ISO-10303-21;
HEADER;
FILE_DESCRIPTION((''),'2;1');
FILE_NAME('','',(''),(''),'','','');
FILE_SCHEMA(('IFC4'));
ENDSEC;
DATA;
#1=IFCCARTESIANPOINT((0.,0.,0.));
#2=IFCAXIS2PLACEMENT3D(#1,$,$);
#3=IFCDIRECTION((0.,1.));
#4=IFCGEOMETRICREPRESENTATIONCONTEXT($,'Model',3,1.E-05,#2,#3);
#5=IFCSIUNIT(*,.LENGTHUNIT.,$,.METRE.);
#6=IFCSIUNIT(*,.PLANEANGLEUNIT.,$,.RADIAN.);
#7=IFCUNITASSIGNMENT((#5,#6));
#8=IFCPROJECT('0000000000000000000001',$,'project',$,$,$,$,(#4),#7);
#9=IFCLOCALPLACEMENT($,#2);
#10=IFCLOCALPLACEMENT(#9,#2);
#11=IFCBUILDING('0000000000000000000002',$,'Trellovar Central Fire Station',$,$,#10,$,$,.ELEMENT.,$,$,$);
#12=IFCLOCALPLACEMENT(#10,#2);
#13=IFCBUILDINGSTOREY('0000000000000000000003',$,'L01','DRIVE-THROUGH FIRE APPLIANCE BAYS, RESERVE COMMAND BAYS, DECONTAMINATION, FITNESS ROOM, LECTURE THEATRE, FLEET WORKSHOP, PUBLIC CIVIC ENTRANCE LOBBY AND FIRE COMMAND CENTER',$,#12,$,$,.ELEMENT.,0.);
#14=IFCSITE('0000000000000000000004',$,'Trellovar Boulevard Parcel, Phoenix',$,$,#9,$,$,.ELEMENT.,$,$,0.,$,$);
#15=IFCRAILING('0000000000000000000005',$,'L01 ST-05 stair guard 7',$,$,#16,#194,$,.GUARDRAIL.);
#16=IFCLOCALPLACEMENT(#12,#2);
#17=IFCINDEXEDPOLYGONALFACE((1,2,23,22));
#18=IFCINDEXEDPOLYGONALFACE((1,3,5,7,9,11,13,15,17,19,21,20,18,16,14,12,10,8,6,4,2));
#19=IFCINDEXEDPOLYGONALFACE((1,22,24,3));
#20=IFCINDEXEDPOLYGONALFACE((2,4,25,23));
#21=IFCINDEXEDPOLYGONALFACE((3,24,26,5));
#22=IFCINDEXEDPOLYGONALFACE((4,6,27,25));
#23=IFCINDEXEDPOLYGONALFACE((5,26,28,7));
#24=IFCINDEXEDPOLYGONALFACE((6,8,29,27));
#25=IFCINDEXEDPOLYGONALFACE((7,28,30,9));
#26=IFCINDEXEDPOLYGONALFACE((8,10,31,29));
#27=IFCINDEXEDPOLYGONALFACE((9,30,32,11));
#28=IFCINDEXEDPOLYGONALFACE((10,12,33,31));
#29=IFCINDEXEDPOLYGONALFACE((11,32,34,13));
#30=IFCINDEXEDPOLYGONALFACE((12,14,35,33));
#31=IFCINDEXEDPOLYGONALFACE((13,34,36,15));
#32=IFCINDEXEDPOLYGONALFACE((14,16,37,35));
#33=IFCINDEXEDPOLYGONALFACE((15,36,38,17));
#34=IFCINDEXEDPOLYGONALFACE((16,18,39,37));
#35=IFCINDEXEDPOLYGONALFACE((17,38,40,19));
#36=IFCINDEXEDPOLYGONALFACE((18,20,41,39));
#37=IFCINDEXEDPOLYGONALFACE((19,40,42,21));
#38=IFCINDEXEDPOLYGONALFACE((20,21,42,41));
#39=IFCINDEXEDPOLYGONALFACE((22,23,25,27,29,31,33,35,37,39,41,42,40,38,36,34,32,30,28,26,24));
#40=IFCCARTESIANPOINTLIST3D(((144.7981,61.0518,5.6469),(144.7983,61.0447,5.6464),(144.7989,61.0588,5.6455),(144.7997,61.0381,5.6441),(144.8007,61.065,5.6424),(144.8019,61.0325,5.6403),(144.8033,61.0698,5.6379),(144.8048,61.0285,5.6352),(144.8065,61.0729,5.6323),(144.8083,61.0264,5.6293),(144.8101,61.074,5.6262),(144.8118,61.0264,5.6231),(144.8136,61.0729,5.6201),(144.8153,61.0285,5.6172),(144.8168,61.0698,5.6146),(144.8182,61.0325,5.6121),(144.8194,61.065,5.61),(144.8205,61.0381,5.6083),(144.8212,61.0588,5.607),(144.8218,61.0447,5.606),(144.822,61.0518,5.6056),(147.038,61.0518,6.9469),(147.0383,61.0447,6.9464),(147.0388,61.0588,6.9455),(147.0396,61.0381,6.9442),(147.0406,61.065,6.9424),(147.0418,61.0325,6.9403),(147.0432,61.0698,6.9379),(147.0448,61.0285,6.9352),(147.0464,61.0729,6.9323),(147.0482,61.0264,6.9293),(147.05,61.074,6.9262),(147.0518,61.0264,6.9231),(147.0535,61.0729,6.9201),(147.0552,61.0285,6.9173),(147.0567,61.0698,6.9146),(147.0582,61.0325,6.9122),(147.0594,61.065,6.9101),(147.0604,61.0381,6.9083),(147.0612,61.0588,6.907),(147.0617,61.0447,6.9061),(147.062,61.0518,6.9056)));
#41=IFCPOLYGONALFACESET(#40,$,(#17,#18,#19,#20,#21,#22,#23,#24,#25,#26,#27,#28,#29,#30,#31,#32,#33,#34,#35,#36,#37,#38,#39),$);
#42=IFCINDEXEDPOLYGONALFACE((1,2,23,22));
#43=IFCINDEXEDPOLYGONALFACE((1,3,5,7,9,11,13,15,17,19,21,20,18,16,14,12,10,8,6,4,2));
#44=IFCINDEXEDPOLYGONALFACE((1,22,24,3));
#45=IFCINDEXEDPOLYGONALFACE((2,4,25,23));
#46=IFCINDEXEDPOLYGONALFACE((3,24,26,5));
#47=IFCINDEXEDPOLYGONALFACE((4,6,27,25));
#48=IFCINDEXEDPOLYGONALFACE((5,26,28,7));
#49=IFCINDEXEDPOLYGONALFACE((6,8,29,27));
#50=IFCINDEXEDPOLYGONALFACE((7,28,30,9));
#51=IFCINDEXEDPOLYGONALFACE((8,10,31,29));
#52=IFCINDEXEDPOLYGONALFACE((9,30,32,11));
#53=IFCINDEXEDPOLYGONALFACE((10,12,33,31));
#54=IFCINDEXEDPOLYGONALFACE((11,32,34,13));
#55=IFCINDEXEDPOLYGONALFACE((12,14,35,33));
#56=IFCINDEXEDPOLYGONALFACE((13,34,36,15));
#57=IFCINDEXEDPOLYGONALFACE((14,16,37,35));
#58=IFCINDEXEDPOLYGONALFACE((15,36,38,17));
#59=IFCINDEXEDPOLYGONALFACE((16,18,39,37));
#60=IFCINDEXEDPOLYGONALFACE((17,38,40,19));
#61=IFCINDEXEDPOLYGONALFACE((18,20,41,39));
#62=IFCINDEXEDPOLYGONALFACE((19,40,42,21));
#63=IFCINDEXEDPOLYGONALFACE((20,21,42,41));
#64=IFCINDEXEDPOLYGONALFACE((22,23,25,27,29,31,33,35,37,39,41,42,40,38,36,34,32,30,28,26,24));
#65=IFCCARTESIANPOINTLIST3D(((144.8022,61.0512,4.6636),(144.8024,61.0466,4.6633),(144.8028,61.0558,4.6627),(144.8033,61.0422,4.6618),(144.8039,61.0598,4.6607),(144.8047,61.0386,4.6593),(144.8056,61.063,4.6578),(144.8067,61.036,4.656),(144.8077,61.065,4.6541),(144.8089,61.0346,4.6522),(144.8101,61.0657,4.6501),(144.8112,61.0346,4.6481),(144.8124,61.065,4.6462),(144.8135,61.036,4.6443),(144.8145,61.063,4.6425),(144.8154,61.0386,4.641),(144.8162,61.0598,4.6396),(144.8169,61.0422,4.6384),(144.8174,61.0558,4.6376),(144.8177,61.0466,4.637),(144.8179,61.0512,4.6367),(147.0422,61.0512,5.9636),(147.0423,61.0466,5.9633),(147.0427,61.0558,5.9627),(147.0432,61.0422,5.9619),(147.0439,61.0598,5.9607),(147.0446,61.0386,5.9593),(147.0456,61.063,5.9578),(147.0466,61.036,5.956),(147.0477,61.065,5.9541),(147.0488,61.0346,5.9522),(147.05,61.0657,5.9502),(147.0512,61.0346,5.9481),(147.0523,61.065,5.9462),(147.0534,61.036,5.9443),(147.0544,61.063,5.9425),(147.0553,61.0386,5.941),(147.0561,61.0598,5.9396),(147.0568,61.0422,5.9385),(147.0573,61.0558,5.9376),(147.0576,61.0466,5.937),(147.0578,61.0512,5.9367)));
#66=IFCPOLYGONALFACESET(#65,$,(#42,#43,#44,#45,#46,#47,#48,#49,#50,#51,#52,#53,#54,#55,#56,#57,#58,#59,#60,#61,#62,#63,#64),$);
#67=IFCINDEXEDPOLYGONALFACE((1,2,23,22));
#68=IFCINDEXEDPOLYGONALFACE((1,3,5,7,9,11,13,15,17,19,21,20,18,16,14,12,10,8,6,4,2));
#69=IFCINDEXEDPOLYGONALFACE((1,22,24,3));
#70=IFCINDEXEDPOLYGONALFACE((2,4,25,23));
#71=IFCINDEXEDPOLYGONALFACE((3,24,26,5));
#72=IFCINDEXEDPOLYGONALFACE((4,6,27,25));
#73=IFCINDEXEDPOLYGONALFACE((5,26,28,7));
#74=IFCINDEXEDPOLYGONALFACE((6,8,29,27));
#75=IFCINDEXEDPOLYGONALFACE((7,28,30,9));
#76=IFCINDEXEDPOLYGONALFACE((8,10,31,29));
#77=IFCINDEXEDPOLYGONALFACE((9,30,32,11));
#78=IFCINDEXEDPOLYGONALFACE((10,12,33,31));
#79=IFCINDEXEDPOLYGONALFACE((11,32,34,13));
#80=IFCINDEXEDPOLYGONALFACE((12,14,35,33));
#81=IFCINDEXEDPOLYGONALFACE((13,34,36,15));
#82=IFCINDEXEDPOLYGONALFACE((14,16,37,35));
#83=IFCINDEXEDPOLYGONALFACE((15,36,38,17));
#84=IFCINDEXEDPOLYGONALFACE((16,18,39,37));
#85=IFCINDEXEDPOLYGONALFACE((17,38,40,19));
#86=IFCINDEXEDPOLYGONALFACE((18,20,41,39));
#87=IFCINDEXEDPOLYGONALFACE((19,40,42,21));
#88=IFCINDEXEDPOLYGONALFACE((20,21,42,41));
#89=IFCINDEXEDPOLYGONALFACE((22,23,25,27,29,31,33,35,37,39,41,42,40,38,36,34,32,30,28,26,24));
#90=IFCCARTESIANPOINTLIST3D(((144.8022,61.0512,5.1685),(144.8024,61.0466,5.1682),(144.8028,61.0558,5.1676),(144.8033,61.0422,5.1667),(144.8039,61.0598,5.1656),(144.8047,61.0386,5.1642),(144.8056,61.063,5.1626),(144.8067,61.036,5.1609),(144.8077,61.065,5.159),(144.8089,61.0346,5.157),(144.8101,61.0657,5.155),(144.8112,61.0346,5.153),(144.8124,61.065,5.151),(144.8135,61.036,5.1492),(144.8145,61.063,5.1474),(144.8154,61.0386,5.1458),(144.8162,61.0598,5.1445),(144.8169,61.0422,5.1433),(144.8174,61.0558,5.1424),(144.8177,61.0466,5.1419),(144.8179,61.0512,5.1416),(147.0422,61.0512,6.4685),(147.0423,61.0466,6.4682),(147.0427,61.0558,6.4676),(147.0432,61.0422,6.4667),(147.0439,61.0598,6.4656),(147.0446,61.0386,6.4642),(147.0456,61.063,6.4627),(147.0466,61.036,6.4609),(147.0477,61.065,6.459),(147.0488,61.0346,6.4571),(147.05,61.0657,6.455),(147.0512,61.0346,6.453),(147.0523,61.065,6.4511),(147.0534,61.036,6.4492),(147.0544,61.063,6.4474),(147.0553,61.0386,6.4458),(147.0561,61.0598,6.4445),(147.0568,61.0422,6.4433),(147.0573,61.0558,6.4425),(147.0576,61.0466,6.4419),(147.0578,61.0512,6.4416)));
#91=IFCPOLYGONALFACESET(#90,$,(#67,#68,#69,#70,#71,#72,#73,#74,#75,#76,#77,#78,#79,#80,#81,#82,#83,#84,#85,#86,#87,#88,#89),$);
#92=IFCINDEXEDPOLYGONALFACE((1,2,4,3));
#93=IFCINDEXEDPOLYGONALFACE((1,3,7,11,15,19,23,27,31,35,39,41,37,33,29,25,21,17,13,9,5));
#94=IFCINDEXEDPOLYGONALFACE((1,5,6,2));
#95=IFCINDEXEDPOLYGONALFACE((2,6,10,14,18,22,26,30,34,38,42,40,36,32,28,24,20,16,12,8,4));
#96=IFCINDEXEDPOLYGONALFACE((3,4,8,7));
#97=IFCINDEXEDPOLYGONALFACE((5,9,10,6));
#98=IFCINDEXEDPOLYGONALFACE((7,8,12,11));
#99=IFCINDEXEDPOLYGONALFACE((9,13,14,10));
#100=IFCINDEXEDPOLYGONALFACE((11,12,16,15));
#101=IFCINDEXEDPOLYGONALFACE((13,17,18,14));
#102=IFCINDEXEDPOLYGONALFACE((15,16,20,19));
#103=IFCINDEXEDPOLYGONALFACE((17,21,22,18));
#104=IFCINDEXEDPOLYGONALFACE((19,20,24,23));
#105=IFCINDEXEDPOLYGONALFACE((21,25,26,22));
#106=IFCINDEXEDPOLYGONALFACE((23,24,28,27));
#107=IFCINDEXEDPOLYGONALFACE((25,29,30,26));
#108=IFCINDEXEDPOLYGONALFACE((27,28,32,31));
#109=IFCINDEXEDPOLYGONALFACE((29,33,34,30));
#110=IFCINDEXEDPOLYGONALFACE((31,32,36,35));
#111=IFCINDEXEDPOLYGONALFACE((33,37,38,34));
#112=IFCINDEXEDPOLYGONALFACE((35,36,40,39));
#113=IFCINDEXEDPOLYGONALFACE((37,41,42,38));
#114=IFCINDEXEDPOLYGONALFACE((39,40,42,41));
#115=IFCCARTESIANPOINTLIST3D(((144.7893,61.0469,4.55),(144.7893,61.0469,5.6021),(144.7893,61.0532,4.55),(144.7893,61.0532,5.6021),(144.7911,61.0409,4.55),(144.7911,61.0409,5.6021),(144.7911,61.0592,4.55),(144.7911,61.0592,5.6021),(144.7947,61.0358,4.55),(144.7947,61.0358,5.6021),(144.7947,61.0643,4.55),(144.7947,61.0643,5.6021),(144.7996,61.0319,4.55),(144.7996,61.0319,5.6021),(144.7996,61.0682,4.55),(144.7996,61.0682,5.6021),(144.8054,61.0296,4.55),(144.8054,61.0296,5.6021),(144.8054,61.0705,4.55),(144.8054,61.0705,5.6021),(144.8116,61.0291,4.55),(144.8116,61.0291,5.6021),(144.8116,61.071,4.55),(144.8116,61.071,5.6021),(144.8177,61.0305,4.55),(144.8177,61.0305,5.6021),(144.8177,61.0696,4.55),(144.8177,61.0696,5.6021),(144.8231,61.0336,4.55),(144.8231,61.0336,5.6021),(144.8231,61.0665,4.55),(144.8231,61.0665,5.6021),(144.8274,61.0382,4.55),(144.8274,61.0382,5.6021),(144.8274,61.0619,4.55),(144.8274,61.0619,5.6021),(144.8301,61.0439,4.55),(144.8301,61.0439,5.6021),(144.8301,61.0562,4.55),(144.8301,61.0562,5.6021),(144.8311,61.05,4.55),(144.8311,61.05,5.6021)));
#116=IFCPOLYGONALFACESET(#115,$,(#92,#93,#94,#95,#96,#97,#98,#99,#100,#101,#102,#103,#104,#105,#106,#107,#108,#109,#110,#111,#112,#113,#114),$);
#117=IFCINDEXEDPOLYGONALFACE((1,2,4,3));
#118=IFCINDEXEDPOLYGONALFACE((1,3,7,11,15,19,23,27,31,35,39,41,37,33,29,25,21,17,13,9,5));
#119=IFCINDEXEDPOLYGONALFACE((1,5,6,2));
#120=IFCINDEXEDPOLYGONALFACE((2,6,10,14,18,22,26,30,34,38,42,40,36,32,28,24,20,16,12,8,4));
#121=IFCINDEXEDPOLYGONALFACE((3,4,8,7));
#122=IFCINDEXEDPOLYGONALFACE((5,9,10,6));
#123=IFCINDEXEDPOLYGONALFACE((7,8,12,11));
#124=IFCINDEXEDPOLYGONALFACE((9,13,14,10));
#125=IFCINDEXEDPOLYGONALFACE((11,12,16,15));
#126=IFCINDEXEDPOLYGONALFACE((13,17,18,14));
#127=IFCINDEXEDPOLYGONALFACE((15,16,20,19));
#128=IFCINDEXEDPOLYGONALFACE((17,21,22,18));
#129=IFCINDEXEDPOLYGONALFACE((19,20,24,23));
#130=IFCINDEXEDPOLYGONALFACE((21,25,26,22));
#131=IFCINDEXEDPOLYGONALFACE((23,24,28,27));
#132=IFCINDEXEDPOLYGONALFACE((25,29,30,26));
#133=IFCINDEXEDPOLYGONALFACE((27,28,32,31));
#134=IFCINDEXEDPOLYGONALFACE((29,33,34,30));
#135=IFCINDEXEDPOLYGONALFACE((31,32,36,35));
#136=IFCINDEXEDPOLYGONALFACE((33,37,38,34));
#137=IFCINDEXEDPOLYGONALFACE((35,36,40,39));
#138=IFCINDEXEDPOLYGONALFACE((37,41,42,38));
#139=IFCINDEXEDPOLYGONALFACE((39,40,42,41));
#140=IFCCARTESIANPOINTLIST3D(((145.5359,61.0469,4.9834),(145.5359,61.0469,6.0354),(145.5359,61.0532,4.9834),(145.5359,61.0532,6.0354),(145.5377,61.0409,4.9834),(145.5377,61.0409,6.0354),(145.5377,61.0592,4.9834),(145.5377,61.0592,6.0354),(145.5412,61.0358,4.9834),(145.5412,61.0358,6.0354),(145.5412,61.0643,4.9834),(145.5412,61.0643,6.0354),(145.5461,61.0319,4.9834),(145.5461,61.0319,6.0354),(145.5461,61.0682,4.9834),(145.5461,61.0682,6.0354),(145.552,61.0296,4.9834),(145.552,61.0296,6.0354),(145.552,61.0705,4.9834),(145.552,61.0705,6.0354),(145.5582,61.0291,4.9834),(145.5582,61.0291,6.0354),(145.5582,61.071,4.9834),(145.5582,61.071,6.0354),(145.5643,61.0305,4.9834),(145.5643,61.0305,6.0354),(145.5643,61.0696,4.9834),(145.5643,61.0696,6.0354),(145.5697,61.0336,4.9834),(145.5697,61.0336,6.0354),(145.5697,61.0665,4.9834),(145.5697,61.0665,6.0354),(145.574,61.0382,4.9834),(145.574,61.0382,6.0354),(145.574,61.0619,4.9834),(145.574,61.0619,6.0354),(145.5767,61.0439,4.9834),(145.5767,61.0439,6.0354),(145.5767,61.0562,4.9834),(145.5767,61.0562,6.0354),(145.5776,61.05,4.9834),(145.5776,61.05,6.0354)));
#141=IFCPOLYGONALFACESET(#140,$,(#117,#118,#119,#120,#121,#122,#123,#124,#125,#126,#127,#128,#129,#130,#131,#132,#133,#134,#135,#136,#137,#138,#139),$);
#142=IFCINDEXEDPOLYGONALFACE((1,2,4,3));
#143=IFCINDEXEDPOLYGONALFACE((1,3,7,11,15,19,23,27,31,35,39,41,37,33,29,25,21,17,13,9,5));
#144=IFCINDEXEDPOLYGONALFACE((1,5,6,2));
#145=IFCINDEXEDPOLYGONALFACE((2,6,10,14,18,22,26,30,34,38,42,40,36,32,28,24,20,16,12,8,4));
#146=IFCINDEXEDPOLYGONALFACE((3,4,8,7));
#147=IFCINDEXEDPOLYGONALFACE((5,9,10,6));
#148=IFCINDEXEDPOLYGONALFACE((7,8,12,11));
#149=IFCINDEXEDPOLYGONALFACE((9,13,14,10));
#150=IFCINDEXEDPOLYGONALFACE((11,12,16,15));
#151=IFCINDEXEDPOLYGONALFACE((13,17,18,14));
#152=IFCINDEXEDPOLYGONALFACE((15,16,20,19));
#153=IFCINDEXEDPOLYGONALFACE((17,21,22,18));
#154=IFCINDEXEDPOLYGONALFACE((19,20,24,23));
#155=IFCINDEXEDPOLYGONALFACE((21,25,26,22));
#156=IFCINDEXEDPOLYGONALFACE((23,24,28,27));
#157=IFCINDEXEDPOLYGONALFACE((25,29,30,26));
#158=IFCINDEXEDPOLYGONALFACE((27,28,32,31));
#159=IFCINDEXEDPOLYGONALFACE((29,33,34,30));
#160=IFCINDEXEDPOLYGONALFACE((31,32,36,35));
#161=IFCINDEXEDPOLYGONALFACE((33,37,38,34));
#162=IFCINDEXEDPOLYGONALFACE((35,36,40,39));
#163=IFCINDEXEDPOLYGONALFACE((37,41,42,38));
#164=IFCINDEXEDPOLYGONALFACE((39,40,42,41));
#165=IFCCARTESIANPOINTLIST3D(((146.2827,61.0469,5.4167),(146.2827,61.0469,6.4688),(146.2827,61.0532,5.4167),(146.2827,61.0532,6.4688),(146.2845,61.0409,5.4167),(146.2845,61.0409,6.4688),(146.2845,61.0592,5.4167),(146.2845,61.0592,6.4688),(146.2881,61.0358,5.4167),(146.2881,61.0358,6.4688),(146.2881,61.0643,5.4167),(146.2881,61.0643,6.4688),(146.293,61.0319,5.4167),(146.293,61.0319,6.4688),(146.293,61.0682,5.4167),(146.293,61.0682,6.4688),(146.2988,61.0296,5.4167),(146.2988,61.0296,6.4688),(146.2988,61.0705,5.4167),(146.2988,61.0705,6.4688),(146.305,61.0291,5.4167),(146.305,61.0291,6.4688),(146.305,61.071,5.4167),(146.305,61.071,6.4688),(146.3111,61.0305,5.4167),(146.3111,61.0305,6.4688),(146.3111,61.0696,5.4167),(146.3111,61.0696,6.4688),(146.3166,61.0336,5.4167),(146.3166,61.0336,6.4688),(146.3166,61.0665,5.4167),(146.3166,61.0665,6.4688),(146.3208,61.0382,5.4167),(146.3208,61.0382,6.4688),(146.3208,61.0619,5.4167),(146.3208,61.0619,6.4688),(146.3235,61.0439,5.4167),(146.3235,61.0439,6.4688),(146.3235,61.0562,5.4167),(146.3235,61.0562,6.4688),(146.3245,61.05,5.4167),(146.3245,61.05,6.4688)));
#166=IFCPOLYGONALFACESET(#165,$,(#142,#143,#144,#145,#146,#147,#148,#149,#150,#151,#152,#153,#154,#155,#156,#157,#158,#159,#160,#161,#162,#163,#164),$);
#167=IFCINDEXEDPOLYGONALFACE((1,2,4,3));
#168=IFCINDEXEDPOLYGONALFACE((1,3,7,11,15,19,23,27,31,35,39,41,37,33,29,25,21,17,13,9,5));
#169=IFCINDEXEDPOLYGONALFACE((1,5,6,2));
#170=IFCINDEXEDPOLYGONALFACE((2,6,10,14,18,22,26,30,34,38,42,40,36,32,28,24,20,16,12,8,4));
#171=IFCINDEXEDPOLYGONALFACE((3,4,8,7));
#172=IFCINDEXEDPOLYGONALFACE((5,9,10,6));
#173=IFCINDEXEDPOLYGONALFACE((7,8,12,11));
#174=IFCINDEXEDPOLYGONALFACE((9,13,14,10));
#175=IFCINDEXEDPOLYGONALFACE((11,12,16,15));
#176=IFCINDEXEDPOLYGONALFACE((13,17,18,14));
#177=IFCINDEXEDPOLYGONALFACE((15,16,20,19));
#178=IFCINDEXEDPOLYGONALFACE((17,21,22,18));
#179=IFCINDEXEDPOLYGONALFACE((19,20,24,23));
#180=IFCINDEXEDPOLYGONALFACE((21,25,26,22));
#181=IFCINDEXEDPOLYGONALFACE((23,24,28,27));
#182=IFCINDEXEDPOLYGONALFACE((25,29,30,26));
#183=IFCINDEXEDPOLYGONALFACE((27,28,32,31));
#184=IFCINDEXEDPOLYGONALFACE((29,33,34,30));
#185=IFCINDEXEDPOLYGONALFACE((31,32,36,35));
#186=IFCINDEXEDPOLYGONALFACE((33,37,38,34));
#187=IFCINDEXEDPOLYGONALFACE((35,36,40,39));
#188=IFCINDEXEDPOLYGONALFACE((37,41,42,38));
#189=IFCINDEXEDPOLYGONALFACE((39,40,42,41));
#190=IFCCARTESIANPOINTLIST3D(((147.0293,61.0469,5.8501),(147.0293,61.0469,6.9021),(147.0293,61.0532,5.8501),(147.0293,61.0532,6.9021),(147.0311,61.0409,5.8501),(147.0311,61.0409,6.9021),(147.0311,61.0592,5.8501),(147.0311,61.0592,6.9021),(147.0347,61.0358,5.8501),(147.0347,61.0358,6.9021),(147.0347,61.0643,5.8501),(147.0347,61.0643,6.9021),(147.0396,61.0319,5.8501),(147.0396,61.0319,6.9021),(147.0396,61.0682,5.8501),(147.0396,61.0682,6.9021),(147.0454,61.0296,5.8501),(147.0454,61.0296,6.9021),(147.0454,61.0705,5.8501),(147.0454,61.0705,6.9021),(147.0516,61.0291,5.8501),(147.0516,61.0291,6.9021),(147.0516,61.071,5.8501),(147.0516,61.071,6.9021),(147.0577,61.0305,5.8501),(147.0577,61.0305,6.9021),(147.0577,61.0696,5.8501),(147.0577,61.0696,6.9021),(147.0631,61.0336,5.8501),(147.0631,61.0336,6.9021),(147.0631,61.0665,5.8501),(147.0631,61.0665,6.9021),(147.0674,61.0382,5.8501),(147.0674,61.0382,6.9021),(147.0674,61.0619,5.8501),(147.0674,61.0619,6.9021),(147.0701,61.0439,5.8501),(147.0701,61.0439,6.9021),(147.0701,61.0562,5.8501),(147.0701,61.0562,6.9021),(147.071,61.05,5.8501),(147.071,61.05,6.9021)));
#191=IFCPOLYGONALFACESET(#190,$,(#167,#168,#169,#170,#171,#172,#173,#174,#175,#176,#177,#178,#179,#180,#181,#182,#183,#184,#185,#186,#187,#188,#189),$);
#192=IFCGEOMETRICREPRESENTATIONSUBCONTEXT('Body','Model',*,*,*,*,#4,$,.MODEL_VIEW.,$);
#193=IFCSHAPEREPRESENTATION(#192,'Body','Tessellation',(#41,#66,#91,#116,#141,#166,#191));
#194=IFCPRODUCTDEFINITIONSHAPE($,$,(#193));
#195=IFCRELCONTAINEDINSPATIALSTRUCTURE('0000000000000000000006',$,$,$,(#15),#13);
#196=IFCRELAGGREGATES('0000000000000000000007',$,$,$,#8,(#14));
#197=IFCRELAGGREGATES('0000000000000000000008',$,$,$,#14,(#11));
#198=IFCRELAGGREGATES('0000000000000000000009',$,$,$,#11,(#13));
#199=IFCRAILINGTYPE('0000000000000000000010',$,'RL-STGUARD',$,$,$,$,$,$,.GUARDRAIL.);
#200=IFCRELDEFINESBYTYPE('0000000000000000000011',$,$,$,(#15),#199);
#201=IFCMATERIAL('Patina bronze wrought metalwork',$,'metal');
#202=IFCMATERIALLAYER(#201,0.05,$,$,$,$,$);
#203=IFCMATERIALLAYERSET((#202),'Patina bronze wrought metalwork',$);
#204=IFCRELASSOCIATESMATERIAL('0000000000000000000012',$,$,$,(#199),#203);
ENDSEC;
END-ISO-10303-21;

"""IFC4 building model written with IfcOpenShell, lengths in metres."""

from ifc_helpers import new_model, si_unit, direction, frame, origin, origin_2d, place, context, subcontext, project, spatial, circle, extrude, material, layer, layer_set, type_object, element, save


model = new_model("IFC4")

# Units and contexts
model_context = context("Model", 3, precision=1e-05, world=origin(), true_north=direction((0.0, 1.0)))
body_context = subcontext(model_context, "Body", "Model", "MODEL_VIEW")
ifc_project = project(units=[si_unit("LENGTHUNIT", "METRE"), si_unit("PLANEANGLEUNIT", "RADIAN")], contexts=[model_context])

# Site, building, storey
site_placement = place(None, origin())
site = spatial("IfcSite", under=ifc_project, at=site_placement, Name="Trellovar Boulevard Parcel, Phoenix", CompositionType="ELEMENT", RefElevation=0.0)
building_placement = place(site_placement, origin())
building = spatial("IfcBuilding", under=site, at=building_placement, Name="Trellovar Central Fire Station", CompositionType="ELEMENT")
storey_placement = place(building_placement, origin())
storey = spatial("IfcBuildingStorey", under=building, at=storey_placement, Name="L01", Description="DRIVE-THROUGH FIRE APPLIANCE BAYS, RESERVE COMMAND BAYS, DECONTAMINATION, FITNESS ROOM, LECTURE THEATRE, FLEET WORKSHOP, PUBLIC CIVIC ENTRANCE LOBBY AND FIRE COMMAND CENTER", CompositionType="ELEMENT", Elevation=0.0)

# Railing
ifc_material_1 = material(Name="Patina bronze wrought metalwork", Category="metal")
ifc_layer_1 = layer(ifc_material_1, 0.05)
ifc_layer_set_1 = layer_set([ifc_layer_1], Name="Patina bronze wrought metalwork")
railing_type_1 = type_object("IfcRailingType", Name="RL-STGUARD", PredefinedType="GUARDRAIL", material=ifc_layer_set_1)
railing_1_placement = place(storey_placement, frame((144.8101, 61.05, 4.55)))
element("IfcRailing", 1, at=railing_1_placement, inside=storey, type_object=railing_type_1, Name="L01 ST-05 stair guard 7", PredefinedType="GUARDRAIL", context=body_context, shape_type="SweptSolid", body=[
    extrude(circle(Radius=0.0239, at=origin_2d()), frame((0.0, 0.0, 1.0762), z_axis=(0.864888, 0.0, 0.501965), x_axis=(0.0, 1.0, 0.0)), (0.0, 0.0, 1.0), 2.5898),
    extrude(circle(Radius=0.0156, at=origin_2d()), frame((0.0, 0.0, 0.1001), z_axis=(0.864888, 0.0, 0.501965), x_axis=(0.0, 1.0, 0.0)), (0.0, 0.0, 1.0), 2.5898),
    extrude(circle(Radius=0.0156, at=origin_2d()), frame((0.0, 0.0, 0.605), z_axis=(0.864888, 0.0, 0.501965), x_axis=(0.0, 1.0, 0.0)), (0.0, 0.0, 1.0), 2.5898),
    extrude(circle(Radius=0.021, at=origin_2d()), origin(), (0.0, 0.0, 1.0), 1.052),
    extrude(circle(Radius=0.021, at=origin_2d()), frame((0.7466, 0.0, 0.4333)), (0.0, 0.0, 1.0), 1.052),
    extrude(circle(Radius=0.021, at=origin_2d()), frame((1.4934, 0.0, 0.8667)), (0.0, 0.0, 1.0), 1.052),
    extrude(circle(Radius=0.021, at=origin_2d()), frame((2.24, 0.0, 1.3)), (0.0, 0.0, 1.0), 1.052),
])

save(model, "model.ifc")
